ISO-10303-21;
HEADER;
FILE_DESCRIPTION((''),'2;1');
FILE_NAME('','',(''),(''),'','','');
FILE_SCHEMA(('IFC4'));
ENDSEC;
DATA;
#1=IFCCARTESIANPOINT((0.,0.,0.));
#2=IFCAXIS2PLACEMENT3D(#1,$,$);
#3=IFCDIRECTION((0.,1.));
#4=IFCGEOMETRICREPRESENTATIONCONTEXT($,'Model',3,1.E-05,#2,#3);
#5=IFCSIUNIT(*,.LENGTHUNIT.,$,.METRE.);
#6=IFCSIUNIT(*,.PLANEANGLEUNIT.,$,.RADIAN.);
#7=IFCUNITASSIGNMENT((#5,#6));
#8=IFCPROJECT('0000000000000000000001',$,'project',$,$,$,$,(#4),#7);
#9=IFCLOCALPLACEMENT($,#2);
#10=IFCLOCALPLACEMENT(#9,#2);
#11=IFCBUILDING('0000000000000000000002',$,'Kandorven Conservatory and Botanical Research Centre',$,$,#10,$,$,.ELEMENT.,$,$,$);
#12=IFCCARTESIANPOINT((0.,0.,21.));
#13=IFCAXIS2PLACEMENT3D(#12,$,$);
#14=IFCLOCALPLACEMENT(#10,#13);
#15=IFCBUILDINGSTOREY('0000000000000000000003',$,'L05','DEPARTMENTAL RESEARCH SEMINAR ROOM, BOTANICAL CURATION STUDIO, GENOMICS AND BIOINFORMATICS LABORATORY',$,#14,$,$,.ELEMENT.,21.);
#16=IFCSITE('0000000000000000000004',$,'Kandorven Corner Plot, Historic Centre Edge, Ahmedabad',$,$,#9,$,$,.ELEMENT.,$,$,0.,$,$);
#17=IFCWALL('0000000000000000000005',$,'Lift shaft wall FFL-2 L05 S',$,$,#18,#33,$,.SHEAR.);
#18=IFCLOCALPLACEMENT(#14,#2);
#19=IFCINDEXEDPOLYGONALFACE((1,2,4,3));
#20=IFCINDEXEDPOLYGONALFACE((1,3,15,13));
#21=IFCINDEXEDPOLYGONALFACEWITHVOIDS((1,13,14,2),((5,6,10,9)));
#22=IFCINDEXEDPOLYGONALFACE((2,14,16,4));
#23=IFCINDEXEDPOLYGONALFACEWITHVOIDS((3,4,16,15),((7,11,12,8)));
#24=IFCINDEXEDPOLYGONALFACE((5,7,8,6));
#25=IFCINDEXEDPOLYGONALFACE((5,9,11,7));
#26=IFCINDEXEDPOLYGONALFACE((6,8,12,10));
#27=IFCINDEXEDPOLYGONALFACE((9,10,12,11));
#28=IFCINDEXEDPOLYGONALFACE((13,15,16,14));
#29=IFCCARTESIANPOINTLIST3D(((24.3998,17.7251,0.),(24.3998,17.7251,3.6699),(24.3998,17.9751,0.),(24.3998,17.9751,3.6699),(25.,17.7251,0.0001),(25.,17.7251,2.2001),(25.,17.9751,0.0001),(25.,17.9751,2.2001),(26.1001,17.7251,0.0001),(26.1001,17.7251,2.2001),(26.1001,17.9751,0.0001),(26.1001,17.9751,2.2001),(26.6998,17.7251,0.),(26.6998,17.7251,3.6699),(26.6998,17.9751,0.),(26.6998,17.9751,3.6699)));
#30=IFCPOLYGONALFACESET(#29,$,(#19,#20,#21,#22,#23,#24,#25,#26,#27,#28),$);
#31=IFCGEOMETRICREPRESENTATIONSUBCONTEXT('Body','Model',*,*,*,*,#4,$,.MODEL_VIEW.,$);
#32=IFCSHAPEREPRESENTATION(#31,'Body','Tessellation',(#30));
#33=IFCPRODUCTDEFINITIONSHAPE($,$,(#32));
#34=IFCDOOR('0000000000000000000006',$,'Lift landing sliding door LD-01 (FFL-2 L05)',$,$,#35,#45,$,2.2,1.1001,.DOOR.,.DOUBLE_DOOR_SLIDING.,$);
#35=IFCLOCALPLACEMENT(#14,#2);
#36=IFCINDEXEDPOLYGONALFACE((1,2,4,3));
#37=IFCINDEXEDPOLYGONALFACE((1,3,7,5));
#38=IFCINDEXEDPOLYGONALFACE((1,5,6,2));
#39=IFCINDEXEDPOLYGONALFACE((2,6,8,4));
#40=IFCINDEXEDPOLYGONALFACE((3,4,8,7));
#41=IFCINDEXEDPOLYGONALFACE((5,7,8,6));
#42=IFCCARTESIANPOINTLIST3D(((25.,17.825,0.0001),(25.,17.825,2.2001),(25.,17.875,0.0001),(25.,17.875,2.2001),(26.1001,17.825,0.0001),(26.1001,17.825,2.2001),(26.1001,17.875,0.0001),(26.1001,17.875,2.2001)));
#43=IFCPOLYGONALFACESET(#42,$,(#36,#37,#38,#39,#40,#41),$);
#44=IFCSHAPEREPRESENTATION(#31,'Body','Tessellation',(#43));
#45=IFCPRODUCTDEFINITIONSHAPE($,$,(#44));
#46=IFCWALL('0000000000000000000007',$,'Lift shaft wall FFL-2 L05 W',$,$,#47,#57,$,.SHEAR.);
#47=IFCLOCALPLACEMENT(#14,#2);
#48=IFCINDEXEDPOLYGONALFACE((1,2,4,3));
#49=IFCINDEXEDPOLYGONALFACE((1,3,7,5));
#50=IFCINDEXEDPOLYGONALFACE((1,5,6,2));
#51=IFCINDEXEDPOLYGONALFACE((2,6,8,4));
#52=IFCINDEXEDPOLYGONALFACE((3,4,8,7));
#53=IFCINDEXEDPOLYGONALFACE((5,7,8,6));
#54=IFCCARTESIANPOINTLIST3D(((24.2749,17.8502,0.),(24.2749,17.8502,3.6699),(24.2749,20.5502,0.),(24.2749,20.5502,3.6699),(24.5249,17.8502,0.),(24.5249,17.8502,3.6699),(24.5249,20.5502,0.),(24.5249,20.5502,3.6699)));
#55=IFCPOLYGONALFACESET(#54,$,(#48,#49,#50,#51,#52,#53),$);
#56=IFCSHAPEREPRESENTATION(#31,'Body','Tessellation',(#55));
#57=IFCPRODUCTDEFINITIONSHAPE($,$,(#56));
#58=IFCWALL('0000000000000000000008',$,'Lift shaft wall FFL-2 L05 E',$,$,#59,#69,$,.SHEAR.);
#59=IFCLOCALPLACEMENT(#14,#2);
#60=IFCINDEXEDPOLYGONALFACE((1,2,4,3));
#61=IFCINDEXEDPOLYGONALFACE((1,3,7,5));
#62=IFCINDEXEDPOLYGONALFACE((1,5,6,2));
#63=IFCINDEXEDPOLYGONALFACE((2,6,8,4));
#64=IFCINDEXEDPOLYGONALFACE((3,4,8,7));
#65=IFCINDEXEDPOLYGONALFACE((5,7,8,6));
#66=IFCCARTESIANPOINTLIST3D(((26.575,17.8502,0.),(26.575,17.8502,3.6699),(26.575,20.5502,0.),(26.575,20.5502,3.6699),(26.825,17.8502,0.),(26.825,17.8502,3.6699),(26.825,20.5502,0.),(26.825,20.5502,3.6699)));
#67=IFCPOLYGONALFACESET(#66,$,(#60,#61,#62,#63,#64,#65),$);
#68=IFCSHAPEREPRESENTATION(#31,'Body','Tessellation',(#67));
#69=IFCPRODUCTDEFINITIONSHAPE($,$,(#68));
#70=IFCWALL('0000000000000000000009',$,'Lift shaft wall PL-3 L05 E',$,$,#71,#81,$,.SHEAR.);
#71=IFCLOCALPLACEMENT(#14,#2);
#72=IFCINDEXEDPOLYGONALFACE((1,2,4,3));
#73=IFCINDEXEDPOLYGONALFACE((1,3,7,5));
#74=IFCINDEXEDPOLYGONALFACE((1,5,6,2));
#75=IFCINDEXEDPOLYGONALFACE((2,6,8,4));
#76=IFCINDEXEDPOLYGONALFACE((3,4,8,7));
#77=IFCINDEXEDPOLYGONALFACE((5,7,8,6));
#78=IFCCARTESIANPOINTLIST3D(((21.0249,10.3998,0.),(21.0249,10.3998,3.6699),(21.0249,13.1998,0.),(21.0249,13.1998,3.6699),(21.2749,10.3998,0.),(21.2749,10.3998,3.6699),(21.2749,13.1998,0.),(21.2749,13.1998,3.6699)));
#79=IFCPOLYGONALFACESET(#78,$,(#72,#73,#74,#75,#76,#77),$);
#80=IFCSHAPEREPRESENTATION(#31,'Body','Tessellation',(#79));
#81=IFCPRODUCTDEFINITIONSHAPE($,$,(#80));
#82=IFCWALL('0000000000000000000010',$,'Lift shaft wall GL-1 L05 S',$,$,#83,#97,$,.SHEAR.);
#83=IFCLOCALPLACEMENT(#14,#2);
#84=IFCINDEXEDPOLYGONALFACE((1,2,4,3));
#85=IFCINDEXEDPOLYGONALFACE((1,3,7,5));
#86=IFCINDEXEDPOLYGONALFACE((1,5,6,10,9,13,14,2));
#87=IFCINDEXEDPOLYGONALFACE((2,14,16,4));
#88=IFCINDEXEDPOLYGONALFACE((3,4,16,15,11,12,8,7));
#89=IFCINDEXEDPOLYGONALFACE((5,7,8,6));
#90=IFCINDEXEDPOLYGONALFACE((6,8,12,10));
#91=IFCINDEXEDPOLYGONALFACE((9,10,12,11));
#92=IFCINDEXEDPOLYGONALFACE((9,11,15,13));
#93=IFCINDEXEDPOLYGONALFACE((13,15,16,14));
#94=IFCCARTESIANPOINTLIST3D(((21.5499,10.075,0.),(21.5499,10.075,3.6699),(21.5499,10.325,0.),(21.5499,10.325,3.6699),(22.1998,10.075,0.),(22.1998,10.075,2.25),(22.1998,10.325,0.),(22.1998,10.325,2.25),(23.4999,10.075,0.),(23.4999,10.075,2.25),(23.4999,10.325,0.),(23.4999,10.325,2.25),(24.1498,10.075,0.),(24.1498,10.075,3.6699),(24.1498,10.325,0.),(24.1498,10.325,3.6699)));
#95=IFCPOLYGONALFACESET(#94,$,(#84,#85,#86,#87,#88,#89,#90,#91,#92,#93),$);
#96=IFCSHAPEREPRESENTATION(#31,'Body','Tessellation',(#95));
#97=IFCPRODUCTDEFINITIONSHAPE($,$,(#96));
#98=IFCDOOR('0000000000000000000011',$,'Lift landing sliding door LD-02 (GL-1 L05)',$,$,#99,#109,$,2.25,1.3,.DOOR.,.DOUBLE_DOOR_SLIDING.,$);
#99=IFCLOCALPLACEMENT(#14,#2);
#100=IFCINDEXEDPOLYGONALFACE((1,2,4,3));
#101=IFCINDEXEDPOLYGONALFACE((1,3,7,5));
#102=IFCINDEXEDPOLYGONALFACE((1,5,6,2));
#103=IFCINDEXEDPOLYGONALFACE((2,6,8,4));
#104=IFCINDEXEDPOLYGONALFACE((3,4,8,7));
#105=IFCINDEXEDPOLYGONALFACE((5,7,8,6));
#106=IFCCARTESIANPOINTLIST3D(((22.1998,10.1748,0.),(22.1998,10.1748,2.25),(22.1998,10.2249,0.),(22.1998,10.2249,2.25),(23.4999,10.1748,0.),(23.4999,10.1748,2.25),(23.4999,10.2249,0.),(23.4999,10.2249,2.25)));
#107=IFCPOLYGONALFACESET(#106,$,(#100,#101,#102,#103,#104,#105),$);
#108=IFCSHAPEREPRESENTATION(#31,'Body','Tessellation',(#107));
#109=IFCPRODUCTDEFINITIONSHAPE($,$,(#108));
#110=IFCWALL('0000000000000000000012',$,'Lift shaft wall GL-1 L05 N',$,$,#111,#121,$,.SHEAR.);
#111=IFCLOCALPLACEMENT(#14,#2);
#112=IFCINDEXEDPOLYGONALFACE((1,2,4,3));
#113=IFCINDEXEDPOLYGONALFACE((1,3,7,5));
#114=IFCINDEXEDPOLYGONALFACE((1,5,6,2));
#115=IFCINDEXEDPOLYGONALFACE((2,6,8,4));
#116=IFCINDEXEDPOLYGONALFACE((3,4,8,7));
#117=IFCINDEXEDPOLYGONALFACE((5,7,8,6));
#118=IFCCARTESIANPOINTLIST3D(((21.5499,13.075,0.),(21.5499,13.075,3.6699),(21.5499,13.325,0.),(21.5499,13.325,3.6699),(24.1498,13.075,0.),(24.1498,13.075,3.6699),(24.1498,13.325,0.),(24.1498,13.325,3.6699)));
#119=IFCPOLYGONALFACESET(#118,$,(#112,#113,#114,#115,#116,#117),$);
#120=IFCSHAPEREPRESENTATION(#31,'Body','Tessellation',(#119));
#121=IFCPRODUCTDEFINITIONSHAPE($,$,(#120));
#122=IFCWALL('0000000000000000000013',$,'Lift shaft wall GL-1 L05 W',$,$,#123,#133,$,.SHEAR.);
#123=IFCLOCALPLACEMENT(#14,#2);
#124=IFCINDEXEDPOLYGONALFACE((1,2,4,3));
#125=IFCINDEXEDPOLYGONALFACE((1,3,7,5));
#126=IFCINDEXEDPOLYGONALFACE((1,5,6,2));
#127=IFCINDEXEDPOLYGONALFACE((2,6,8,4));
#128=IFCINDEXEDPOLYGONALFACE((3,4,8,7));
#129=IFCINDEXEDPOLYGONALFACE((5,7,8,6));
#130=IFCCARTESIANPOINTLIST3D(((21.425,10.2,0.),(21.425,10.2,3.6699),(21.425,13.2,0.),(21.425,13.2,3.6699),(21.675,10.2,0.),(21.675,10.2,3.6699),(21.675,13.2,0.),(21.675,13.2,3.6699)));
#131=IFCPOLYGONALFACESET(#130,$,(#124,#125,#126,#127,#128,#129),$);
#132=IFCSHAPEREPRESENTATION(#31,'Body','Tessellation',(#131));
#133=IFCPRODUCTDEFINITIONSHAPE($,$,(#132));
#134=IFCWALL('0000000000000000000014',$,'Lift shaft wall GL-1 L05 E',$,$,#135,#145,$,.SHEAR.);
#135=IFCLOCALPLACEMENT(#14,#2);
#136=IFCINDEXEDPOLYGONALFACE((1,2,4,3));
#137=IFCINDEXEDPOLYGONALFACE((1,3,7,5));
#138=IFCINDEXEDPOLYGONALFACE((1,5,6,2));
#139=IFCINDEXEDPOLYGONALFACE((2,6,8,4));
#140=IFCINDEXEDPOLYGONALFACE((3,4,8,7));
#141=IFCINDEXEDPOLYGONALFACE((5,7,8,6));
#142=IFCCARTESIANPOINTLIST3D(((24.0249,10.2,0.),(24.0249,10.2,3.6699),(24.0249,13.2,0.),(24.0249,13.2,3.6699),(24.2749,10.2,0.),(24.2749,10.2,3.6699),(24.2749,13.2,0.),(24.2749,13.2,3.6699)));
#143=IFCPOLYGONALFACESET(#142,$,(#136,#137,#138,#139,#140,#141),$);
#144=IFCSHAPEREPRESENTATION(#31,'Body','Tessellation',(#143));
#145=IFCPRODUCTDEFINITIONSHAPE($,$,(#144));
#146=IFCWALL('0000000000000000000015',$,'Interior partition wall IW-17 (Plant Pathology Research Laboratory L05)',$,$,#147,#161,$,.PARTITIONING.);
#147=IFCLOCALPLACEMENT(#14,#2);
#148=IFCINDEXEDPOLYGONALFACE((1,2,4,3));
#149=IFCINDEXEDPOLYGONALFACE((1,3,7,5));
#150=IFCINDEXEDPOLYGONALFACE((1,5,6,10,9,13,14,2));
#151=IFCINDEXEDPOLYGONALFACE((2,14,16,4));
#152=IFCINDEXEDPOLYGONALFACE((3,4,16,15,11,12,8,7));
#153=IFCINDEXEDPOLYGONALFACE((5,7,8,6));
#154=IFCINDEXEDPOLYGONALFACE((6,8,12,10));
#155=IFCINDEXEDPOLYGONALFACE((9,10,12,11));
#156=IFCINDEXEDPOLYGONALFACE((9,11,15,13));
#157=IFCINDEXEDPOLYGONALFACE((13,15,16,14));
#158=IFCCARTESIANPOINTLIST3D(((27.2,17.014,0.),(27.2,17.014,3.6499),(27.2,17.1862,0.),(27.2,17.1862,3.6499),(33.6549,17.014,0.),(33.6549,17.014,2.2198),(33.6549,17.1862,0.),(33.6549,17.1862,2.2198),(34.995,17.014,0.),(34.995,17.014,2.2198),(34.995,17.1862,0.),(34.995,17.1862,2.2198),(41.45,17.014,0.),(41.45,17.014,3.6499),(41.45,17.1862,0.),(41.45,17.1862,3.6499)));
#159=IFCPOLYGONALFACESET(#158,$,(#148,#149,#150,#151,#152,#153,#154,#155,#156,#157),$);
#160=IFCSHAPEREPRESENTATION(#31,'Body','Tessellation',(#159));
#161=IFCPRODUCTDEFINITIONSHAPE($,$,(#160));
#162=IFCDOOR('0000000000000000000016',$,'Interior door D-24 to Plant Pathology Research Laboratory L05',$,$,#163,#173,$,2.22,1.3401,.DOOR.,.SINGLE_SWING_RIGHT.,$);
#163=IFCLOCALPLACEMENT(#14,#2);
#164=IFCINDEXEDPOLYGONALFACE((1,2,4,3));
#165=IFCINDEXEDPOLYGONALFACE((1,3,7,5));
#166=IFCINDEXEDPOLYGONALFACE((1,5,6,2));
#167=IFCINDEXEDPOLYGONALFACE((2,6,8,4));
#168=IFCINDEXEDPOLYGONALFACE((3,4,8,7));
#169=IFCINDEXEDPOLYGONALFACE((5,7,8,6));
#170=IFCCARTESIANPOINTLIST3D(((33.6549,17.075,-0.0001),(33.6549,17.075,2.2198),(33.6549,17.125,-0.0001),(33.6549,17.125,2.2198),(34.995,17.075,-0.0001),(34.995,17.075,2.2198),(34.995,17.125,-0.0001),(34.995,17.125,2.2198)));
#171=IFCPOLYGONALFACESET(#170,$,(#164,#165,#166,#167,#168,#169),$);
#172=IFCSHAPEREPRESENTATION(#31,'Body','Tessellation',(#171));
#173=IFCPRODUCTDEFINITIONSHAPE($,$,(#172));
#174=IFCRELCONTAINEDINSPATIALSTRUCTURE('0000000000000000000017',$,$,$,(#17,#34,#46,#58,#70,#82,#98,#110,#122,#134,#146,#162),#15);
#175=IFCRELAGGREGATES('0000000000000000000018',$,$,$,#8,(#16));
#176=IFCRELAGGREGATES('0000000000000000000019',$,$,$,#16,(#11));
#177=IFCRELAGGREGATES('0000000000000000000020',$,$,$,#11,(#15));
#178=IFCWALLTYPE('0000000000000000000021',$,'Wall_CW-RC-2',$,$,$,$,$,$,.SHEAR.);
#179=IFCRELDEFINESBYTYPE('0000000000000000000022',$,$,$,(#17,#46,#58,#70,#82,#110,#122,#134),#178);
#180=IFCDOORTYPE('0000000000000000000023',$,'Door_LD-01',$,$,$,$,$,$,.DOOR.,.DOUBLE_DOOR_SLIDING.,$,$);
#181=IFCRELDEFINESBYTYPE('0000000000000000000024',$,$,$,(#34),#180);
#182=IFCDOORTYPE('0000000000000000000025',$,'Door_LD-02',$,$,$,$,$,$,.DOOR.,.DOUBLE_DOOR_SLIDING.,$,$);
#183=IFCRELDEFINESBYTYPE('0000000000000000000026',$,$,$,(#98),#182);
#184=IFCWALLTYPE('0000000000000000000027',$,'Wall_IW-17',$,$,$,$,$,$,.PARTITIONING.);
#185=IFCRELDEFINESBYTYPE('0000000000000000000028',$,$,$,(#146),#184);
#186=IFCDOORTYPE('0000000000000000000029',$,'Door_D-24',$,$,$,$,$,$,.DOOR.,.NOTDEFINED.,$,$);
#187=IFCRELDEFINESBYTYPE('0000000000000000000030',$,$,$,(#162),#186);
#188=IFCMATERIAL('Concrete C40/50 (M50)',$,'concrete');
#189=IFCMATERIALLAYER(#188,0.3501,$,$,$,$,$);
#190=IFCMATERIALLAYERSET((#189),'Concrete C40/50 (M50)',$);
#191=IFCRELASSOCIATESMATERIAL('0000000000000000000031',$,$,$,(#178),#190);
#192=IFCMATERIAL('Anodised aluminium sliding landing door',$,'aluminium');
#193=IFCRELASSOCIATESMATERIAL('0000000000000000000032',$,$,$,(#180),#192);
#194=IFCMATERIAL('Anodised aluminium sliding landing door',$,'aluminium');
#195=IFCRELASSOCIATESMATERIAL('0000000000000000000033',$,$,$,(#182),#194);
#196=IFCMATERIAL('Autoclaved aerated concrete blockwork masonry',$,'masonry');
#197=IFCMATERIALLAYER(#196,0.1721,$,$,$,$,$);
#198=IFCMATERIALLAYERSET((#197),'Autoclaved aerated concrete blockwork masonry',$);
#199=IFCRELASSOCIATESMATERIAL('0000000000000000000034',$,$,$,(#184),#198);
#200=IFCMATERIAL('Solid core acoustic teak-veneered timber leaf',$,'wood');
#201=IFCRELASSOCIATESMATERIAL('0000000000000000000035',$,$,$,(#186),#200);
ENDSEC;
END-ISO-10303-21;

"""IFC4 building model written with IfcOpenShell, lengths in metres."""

from ifc_helpers import new_model, si_unit, direction, frame, frame_2d, origin, place, context, subcontext, project, spatial, rectangle, extrude, material, layer, layer_set, type_object, element, fill, save


model = new_model("IFC4")

# Units and contexts
model_context = context("Model", 3, precision=1e-05, world=origin(), true_north=direction((0.0, 1.0)))
body_context = subcontext(model_context, "Body", "Model", "MODEL_VIEW")
ifc_project = project(units=[si_unit("LENGTHUNIT", "METRE"), si_unit("PLANEANGLEUNIT", "RADIAN")], contexts=[model_context])

# Site, building, storey
site_placement = place(None, origin())
site = spatial("IfcSite", under=ifc_project, at=site_placement, Name="Kandorven Corner Plot, Historic Centre Edge, Ahmedabad", CompositionType="ELEMENT", RefElevation=0.0)
building_placement = place(site_placement, origin())
building = spatial("IfcBuilding", under=site, at=building_placement, Name="Kandorven Conservatory and Botanical Research Centre", CompositionType="ELEMENT")
storey_placement = place(building_placement, frame((0.0, 0.0, 21.0)))
storey = spatial("IfcBuildingStorey", under=building, at=storey_placement, Name="L05", Description="DEPARTMENTAL RESEARCH SEMINAR ROOM, BOTANICAL CURATION STUDIO, GENOMICS AND BIOINFORMATICS LABORATORY", CompositionType="ELEMENT", Elevation=21.0)

# Shared definitions
ifc_material_1 = material(Name="Concrete C40/50 (M50)", Category="concrete")
ifc_layer_1 = layer(ifc_material_1, 0.3501)
ifc_layer_set_1 = layer_set([ifc_layer_1], Name="Concrete C40/50 (M50)")
wall_type_1 = type_object("IfcWallType", Name="Wall_CW-RC-2", PredefinedType="SHEAR", material=ifc_layer_set_1)

# Shared definitions
ifc_material_2 = material(Name="Anodised aluminium sliding landing door", Category="aluminium")
door_type_1 = type_object("IfcDoorType", Name="Door_LD-01", OperationType="DOUBLE_DOOR_SLIDING", PredefinedType="DOOR", material=ifc_material_2)

# Wall, opening, door
wall_1_placement = place(storey_placement, frame((24.3999, 17.8501, 0.0), z_axis=(0.0, 0.0, 1.0), x_axis=(1.0, 0.0, 0.0)))
wall_1 = element("IfcWall", 1, at=wall_1_placement, inside=storey, type_object=wall_type_1, Name="Lift shaft wall FFL-2 L05 S", PredefinedType="SHEAR", context=body_context, shape_type="SweptSolid", body=[
    extrude(rectangle(XDim=2.3, YDim=0.25, at=frame_2d((1.1499, 0.0))), origin(), (0.0, 0.0, 1.0), 3.6699),
])
opening_1_placement = place(wall_1_placement, frame((0.6001, 0.0, 0.0)))
opening_1 = element("IfcOpeningElement", 2, at=opening_1_placement, cuts=wall_1, PredefinedType="OPENING", context=body_context, shape_type="SweptSolid", body=[
    extrude(rectangle(XDim=1.1001, YDim=2.2, at=frame_2d((0.55, 1.1001))), frame((0.0, 0.135, 0.0), z_axis=(0.0, -1.0, 0.0), x_axis=(1.0, 0.0, 0.0)), (0.0, 0.0, 1.0), 0.27),
])
door_1_placement = place(opening_1_placement, origin())
door_1 = element("IfcDoor", 3, at=door_1_placement, inside=storey, type_object=door_type_1, Name="Lift landing sliding door LD-01 (FFL-2 L05)", OperationType="DOUBLE_DOOR_SLIDING", OverallHeight=2.2, OverallWidth=1.1001, PredefinedType="DOOR", context=body_context, shape_type="SweptSolid", body=[
    extrude(rectangle(XDim=1.1001, YDim=2.2, at=frame_2d((0.55, 1.1001))), frame((0.0, 0.0249, 0.0), z_axis=(0.0, -1.0, 0.0), x_axis=(1.0, 0.0, 0.0)), (0.0, 0.0, 1.0), 0.05),
])
fill(opening_1, door_1)

# Walls
for number, where, z_axis, x_axis, name in (
    (4, (24.3999, 17.8501, 0.0), (0.0, 0.0, 1.0), (0.0, 1.0, 0.0), "Lift shaft wall FFL-2 L05 W"),
    (5, (26.7, 17.8501, 0.0), (0.0, 0.0, 1.0), (0.0, 1.0, 0.0), "Lift shaft wall FFL-2 L05 E"),
):
    element("IfcWall", number, at=place(storey_placement, frame(where, z_axis=z_axis, x_axis=x_axis)), inside=storey, type_object=wall_type_1, Name=name, PredefinedType="SHEAR", context=body_context, shape_type="SweptSolid", body=[
        extrude(rectangle(XDim=2.7, YDim=0.25, at=frame_2d((1.3501, 0.0))), origin(), (0.0, 0.0, 1.0), 3.6699),
    ])
wall_2_placement = place(storey_placement, frame((21.1499, 10.3999, 0.0), z_axis=(0.0, 0.0, 1.0), x_axis=(0.0, 1.0, 0.0)))
element("IfcWall", 6, at=wall_2_placement, inside=storey, type_object=wall_type_1, Name="Lift shaft wall PL-3 L05 E", PredefinedType="SHEAR", context=body_context, shape_type="SweptSolid", body=[
    extrude(rectangle(XDim=2.8, YDim=0.25, at=frame_2d((1.3999, 0.0))), origin(), (0.0, 0.0, 1.0), 3.6699),
])

# Wall, opening, door
wall_3_placement = place(storey_placement, frame((21.55, 10.2, 0.0), z_axis=(0.0, 0.0, 1.0), x_axis=(1.0, 0.0, 0.0)))
wall_3 = element("IfcWall", 7, at=wall_3_placement, inside=storey, type_object=wall_type_1, Name="Lift shaft wall GL-1 L05 S", PredefinedType="SHEAR", context=body_context, shape_type="SweptSolid", body=[
    extrude(rectangle(XDim=2.5999, YDim=0.25, at=frame_2d((1.2998, 0.0))), origin(), (0.0, 0.0, 1.0), 3.6699),
])
opening_2_placement = place(wall_3_placement, frame((0.6499, 0.0, 0.0)))
opening_2 = element("IfcOpeningElement", 8, at=opening_2_placement, cuts=wall_3, PredefinedType="OPENING", context=body_context, shape_type="SweptSolid", body=[
    extrude(rectangle(XDim=1.3, YDim=2.25, at=frame_2d((0.6499, 1.125))), frame((0.0, 0.135, 0.0), z_axis=(0.0, -1.0, 0.0), x_axis=(1.0, 0.0, 0.0)), (0.0, 0.0, 1.0), 0.27),
])
ifc_material_3 = material(Name="Anodised aluminium sliding landing door", Category="aluminium")
door_type_2 = type_object("IfcDoorType", Name="Door_LD-02", OperationType="DOUBLE_DOOR_SLIDING", PredefinedType="DOOR", material=ifc_material_3)
door_2_placement = place(opening_2_placement, origin())
door_2 = element("IfcDoor", 9, at=door_2_placement, inside=storey, type_object=door_type_2, Name="Lift landing sliding door LD-02 (GL-1 L05)", OperationType="DOUBLE_DOOR_SLIDING", OverallHeight=2.25, OverallWidth=1.3, PredefinedType="DOOR", context=body_context, shape_type="SweptSolid", body=[
    extrude(rectangle(XDim=1.3, YDim=2.25, at=frame_2d((0.6499, 1.125))), frame((0.0, 0.0249, 0.0), z_axis=(0.0, -1.0, 0.0), x_axis=(1.0, 0.0, 0.0)), (0.0, 0.0, 1.0), 0.05),
])
fill(opening_2, door_2)

# Walls
wall_4_placement = place(storey_placement, frame((21.55, 13.2, 0.0), z_axis=(0.0, 0.0, 1.0), x_axis=(1.0, 0.0, 0.0)))
element("IfcWall", 10, at=wall_4_placement, inside=storey, type_object=wall_type_1, Name="Lift shaft wall GL-1 L05 N", PredefinedType="SHEAR", context=body_context, shape_type="SweptSolid", body=[
    extrude(rectangle(XDim=2.5999, YDim=0.25, at=frame_2d((1.2998, 0.0))), origin(), (0.0, 0.0, 1.0), 3.6699),
])
for number, where, z_axis, x_axis, name in (
    (11, (21.55, 10.2, 0.0), (0.0, 0.0, 1.0), (0.0, 1.0, 0.0), "Lift shaft wall GL-1 L05 W"),
    (12, (24.1499, 10.2, 0.0), (0.0, 0.0, 1.0), (0.0, 1.0, 0.0), "Lift shaft wall GL-1 L05 E"),
):
    element("IfcWall", number, at=place(storey_placement, frame(where, z_axis=z_axis, x_axis=x_axis)), inside=storey, type_object=wall_type_1, Name=name, PredefinedType="SHEAR", context=body_context, shape_type="SweptSolid", body=[
        extrude(rectangle(XDim=3.0, YDim=0.25, at=frame_2d((1.5, 0.0))), origin(), (0.0, 0.0, 1.0), 3.6699),
    ])

# Wall, opening, door
ifc_material_4 = material(Name="Autoclaved aerated concrete blockwork masonry", Category="masonry")
ifc_layer_2 = layer(ifc_material_4, 0.1721)
ifc_layer_set_2 = layer_set([ifc_layer_2], Name="Autoclaved aerated concrete blockwork masonry")
wall_type_2 = type_object("IfcWallType", Name="Wall_IW-17", PredefinedType="PARTITIONING", material=ifc_layer_set_2)
wall_5_placement = place(storey_placement, frame((27.2, 17.1001, 0.0), z_axis=(0.0, 0.0, 1.0), x_axis=(1.0, 0.0, 0.0)))
wall_5 = element("IfcWall", 13, at=wall_5_placement, inside=storey, type_object=wall_type_2, Name="Interior partition wall IW-17 (Plant Pathology Research Laboratory L05)", PredefinedType="PARTITIONING", context=body_context, shape_type="SweptSolid", body=[
    extrude(rectangle(XDim=14.25, YDim=0.1721, at=frame_2d((7.125, 0.0))), origin(), (0.0, 0.0, 1.0), 3.6499),
])
opening_3_placement = place(wall_5_placement, frame((6.4551, 0.0, 0.0)))
opening_3 = element("IfcOpeningElement", 14, at=opening_3_placement, cuts=wall_5, PredefinedType="OPENING", context=body_context, shape_type="SweptSolid", body=[
    extrude(rectangle(XDim=1.3401, YDim=2.22, at=frame_2d((0.6699, 1.1099))), frame((0.0, 0.0959, 0.0), z_axis=(0.0, -1.0, 0.0), x_axis=(1.0, 0.0, 0.0)), (0.0, 0.0, 1.0), 0.1921),
])
ifc_material_5 = material(Name="Solid core acoustic teak-veneered timber leaf", Category="wood")
door_type_3 = type_object("IfcDoorType", Name="Door_D-24", OperationType="NOTDEFINED", PredefinedType="DOOR", material=ifc_material_5)
door_3_placement = place(opening_3_placement, origin())
door_3 = element("IfcDoor", 15, at=door_3_placement, inside=storey, type_object=door_type_3, Name="Interior door D-24 to Plant Pathology Research Laboratory L05", OperationType="SINGLE_SWING_RIGHT", OverallHeight=2.22, OverallWidth=1.3401, PredefinedType="DOOR", context=body_context, shape_type="SweptSolid", body=[
    extrude(rectangle(XDim=1.3401, YDim=2.22, at=frame_2d((0.6699, 1.1099))), frame((0.0, 0.0249, 0.0), z_axis=(0.0, -1.0, 0.0), x_axis=(1.0, 0.0, 0.0)), (0.0, 0.0, 1.0), 0.05),
])
fill(opening_3, door_3)

save(model, "model.ifc")
